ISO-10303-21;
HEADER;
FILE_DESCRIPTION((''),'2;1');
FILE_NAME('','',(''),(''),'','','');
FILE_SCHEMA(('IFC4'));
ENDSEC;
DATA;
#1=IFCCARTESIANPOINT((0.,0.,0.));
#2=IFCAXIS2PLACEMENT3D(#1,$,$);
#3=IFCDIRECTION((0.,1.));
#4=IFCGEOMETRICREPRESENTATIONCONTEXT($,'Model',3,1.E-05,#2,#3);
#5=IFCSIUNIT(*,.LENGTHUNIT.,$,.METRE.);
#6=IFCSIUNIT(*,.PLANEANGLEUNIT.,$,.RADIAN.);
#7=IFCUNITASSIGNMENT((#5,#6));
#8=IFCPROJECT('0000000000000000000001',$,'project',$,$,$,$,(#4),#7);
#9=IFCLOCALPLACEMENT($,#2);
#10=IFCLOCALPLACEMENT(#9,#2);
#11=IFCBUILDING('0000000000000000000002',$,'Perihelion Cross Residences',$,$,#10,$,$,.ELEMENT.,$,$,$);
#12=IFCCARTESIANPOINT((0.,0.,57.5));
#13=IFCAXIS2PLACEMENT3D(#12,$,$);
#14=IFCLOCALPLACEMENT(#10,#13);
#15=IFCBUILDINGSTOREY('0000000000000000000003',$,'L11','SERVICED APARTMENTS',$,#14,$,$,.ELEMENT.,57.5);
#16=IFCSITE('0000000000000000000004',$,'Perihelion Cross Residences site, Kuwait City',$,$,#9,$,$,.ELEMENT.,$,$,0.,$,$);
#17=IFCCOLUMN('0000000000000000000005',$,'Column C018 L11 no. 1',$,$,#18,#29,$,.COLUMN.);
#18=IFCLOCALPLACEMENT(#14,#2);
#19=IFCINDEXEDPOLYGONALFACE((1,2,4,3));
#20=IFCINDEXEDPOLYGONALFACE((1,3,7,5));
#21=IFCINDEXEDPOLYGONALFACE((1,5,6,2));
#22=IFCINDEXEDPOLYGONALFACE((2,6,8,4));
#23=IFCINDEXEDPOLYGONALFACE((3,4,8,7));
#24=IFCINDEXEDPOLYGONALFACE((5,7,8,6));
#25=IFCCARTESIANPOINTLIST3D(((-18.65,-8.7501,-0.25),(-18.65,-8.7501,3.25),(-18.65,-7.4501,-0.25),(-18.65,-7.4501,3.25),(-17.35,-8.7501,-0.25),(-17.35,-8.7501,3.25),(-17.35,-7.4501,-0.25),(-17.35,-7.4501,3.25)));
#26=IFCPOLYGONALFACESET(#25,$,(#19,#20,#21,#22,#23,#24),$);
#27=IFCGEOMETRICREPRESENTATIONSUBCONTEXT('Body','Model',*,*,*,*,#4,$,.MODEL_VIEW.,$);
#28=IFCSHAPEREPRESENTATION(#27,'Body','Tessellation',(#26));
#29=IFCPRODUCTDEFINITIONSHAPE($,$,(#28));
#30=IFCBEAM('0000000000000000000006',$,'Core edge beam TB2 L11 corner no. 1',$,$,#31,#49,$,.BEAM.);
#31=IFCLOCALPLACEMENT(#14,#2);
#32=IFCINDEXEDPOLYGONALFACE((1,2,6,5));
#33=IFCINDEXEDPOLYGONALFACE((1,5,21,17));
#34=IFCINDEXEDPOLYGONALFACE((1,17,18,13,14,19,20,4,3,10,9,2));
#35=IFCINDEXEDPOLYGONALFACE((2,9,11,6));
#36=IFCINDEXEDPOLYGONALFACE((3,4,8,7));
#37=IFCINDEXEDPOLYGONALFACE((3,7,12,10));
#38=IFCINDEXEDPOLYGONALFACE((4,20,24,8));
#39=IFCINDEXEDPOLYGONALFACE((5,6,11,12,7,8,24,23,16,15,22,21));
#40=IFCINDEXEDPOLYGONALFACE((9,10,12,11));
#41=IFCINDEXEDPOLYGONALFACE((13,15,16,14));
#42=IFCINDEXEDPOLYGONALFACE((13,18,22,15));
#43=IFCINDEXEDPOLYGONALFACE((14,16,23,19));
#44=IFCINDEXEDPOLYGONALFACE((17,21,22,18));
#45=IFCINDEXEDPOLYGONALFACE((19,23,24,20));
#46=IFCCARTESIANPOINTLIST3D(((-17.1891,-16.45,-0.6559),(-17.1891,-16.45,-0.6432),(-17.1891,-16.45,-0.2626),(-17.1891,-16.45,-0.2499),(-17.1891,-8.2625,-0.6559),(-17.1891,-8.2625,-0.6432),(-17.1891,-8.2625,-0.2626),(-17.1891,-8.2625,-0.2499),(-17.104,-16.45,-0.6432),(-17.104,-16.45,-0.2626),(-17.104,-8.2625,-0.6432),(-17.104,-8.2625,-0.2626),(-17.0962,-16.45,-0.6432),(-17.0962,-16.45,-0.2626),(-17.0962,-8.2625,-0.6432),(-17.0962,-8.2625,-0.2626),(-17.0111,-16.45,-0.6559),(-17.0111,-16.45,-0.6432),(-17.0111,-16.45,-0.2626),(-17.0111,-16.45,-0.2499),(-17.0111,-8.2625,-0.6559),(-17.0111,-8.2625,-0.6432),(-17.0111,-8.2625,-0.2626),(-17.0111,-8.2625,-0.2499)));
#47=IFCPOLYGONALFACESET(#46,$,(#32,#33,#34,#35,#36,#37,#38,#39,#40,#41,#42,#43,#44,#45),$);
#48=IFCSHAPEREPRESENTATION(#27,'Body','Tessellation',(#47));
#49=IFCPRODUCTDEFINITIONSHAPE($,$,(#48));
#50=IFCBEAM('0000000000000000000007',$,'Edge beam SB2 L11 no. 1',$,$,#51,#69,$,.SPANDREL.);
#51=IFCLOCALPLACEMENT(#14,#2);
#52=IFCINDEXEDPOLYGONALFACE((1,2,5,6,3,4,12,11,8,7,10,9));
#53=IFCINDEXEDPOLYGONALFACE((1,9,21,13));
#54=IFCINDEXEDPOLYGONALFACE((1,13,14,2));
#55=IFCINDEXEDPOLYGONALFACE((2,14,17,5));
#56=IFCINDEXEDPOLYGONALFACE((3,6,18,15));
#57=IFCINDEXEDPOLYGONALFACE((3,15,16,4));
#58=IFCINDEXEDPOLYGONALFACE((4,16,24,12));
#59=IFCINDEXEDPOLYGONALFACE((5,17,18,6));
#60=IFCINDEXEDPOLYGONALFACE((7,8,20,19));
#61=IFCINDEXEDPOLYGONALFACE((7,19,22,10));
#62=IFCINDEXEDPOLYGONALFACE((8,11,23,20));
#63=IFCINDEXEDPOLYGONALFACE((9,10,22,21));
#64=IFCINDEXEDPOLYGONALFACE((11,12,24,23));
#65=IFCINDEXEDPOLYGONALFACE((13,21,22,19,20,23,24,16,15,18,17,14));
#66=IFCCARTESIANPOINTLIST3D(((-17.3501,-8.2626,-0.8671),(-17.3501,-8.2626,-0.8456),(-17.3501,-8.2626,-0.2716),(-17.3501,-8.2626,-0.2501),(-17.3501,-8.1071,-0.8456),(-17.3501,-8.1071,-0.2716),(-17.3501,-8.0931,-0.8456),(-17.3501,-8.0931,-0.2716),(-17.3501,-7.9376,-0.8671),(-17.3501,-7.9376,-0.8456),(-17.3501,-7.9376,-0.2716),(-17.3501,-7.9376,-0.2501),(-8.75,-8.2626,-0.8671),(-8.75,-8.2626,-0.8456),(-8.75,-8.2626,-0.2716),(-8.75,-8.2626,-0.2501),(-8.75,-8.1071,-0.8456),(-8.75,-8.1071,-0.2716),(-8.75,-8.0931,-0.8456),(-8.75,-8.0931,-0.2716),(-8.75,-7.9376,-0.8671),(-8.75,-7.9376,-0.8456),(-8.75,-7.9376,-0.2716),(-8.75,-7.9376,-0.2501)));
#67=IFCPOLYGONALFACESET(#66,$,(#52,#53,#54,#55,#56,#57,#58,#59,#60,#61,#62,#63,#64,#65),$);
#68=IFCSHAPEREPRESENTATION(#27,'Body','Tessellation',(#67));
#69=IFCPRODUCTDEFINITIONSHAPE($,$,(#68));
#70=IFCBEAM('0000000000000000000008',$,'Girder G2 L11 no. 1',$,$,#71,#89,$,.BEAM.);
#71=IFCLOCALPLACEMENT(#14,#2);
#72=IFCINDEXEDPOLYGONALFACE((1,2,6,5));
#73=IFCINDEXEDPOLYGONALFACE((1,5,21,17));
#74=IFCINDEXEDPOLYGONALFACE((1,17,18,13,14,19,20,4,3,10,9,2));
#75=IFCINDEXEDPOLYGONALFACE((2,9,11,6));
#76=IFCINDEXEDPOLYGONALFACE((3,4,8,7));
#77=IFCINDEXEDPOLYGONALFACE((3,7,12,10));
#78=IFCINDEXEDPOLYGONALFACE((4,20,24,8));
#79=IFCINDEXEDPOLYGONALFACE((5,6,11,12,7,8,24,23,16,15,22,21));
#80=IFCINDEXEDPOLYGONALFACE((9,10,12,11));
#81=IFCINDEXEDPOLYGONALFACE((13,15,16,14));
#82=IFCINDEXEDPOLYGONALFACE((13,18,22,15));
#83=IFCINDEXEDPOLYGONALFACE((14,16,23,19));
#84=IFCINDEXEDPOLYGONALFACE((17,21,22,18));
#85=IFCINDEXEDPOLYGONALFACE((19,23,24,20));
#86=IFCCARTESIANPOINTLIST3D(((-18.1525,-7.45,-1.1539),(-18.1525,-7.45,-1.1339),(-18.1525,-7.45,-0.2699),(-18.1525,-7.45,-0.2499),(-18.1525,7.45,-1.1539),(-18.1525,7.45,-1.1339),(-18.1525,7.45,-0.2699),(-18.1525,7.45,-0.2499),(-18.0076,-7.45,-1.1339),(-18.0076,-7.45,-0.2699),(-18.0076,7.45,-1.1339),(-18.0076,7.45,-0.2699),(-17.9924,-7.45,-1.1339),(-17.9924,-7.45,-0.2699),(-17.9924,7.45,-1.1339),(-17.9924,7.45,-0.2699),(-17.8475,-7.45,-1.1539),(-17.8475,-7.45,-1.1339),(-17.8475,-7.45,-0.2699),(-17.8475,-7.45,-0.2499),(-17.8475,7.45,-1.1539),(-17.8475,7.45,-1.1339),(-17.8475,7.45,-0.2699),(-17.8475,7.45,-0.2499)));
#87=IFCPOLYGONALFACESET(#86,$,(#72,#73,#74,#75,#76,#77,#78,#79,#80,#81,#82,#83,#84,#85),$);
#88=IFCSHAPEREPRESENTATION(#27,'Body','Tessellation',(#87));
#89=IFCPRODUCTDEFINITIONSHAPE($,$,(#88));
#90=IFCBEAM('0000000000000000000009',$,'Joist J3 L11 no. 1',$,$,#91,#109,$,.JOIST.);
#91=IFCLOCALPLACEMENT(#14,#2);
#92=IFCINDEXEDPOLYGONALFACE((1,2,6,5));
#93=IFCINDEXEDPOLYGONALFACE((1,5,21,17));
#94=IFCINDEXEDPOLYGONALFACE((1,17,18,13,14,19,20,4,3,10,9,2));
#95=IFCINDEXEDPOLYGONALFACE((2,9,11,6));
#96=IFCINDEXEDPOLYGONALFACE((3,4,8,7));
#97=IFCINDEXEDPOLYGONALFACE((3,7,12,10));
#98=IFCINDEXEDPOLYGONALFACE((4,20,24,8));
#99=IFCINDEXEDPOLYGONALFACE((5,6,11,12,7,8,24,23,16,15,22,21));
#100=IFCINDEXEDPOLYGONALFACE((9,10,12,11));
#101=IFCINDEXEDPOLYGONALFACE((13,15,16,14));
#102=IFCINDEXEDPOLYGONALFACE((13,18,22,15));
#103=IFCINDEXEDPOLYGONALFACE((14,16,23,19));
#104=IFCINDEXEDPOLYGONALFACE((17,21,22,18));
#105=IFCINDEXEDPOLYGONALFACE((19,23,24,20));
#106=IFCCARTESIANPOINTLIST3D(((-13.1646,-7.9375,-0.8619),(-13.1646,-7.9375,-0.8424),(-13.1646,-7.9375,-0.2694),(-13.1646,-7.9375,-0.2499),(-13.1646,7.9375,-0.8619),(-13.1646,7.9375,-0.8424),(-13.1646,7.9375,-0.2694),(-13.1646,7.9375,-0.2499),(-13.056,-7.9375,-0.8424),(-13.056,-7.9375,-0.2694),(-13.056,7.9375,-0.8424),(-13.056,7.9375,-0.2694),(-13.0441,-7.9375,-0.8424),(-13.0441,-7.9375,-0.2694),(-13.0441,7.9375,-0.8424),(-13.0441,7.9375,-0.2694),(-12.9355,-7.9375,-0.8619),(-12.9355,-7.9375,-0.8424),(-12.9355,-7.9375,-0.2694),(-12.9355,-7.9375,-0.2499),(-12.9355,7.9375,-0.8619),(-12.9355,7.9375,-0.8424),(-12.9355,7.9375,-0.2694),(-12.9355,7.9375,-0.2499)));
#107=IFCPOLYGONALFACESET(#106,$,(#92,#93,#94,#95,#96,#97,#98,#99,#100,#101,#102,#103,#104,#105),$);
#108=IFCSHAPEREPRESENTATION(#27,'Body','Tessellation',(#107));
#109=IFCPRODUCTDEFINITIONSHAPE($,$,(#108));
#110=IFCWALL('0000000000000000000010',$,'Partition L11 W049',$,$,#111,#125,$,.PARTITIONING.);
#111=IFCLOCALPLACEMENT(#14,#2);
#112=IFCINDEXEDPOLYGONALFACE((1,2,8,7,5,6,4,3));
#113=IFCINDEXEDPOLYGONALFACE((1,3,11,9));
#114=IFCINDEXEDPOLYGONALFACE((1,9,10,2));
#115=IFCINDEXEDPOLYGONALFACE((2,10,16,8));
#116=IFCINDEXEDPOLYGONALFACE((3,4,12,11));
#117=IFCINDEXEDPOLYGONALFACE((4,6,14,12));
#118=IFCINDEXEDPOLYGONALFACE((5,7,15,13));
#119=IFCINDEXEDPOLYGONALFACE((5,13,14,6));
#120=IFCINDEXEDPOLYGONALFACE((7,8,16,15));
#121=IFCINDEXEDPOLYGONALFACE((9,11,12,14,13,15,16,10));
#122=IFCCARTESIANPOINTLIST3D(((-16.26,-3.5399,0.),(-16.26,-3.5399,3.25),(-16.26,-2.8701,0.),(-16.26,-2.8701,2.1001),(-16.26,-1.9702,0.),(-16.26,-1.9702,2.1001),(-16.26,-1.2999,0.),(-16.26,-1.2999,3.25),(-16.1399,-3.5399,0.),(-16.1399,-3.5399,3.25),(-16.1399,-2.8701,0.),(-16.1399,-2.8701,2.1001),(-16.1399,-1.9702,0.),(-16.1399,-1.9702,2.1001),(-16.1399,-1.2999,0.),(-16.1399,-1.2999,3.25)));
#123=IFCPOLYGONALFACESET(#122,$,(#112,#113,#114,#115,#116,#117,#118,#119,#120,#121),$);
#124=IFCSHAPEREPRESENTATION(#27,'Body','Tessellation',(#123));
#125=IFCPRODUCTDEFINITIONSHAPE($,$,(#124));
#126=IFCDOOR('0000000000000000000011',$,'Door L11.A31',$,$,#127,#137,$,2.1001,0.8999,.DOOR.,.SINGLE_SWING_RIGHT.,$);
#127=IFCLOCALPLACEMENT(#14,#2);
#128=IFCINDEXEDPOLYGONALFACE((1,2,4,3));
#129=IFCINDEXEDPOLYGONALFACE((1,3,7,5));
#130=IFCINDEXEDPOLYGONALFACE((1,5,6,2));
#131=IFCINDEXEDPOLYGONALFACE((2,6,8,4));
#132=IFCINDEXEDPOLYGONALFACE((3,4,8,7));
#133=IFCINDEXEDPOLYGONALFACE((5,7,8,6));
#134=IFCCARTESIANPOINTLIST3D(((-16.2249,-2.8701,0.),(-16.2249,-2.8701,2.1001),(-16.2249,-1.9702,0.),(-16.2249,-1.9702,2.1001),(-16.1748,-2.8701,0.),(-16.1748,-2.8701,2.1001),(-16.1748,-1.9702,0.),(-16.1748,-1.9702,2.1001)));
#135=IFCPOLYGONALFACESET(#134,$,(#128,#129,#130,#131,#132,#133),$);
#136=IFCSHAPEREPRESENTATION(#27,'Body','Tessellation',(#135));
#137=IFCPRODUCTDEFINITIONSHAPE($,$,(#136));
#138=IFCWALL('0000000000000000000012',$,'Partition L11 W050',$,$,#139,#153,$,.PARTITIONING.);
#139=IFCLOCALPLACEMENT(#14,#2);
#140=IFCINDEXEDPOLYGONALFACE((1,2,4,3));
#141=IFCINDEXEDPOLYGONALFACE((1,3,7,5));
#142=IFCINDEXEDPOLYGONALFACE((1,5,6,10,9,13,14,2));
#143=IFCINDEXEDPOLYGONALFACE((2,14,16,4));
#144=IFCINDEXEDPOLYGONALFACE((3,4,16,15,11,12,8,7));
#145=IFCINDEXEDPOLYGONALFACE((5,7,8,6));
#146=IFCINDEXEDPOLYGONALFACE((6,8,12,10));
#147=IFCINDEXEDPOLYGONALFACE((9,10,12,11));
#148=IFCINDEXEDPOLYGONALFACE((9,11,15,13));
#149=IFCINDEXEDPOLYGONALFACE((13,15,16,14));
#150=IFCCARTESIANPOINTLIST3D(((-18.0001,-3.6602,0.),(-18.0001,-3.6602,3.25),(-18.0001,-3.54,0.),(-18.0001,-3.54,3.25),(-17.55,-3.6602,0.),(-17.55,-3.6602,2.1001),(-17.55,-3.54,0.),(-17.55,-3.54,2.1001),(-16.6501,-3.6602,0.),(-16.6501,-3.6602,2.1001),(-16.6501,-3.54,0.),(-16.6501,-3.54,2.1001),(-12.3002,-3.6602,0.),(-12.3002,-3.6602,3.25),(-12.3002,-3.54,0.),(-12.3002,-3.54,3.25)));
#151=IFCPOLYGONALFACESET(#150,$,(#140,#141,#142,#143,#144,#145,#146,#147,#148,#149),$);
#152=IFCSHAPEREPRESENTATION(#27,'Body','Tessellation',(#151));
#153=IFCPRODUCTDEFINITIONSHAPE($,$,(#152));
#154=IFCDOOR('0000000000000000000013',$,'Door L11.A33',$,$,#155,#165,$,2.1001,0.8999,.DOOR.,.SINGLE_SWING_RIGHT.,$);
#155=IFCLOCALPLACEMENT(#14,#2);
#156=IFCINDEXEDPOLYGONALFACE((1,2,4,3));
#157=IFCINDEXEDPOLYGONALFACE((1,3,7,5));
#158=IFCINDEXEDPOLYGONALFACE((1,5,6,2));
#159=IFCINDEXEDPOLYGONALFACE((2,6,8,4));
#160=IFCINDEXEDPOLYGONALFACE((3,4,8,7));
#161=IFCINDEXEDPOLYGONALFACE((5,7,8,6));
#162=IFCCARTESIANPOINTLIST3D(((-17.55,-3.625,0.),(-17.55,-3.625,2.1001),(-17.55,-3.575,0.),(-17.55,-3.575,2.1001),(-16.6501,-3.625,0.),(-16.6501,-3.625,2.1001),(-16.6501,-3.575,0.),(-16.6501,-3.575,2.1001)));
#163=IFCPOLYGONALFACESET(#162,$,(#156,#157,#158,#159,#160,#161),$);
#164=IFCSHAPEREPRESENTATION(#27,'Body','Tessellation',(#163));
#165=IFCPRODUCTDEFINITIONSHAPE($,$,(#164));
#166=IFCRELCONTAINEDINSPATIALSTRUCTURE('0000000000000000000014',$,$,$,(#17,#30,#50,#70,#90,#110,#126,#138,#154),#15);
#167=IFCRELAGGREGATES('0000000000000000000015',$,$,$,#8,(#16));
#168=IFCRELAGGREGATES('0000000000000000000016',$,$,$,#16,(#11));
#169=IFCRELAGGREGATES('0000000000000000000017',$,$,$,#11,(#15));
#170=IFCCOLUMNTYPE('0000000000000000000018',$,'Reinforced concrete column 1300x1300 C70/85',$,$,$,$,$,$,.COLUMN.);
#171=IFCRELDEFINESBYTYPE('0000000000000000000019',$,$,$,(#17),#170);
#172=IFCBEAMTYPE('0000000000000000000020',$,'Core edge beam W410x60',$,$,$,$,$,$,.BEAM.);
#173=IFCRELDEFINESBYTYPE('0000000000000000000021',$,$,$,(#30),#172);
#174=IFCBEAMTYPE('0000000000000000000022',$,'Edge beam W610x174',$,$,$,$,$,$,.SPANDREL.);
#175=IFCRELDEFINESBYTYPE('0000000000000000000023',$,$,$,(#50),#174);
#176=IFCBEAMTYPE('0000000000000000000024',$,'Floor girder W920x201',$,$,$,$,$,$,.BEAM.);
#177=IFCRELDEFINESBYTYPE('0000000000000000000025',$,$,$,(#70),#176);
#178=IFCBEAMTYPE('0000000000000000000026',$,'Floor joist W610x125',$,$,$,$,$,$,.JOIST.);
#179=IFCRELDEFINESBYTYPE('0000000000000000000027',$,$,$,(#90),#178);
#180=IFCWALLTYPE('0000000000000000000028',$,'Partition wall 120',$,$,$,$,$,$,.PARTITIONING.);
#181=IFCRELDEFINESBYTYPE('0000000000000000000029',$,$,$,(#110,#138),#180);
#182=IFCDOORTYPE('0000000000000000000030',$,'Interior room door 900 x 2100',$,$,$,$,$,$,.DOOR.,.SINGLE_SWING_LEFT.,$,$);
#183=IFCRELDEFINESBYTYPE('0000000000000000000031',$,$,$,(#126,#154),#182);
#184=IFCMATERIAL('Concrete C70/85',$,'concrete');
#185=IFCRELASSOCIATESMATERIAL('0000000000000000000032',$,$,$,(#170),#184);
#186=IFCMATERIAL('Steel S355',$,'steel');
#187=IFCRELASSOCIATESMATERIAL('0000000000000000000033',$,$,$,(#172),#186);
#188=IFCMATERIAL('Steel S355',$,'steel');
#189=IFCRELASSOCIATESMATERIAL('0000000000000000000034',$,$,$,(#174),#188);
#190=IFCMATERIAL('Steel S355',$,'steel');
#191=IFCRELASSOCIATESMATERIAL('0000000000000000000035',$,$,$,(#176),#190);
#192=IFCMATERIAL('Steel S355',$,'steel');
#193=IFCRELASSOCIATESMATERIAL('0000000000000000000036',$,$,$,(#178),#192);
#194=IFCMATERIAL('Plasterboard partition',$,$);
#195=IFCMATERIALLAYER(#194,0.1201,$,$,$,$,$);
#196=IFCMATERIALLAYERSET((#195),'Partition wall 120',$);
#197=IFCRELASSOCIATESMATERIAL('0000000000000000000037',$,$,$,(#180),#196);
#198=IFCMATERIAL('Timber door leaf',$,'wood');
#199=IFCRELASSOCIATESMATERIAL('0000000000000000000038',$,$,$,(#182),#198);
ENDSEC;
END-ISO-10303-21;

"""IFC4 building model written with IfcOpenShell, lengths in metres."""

from ifc_helpers import new_model, si_unit, direction, frame, frame_2d, origin, origin_2d, place, context, subcontext, project, spatial, rectangle, i_section, extrude, material, layer, layer_set, material_profile, profile_set, type_object, element, fill, save


model = new_model("IFC4")

# Units and contexts
model_context = context("Model", 3, precision=1e-05, world=origin(), true_north=direction((0.0, 1.0)))
body_context = subcontext(model_context, "Body", "Model", "MODEL_VIEW")
ifc_project = project(units=[si_unit("LENGTHUNIT", "METRE"), si_unit("PLANEANGLEUNIT", "RADIAN")], contexts=[model_context])

# Site, building, storey
site_placement = place(None, origin())
site = spatial("IfcSite", under=ifc_project, at=site_placement, Name="Perihelion Cross Residences site, Kuwait City", CompositionType="ELEMENT", RefElevation=0.0)
building_placement = place(site_placement, origin())
building = spatial("IfcBuilding", under=site, at=building_placement, Name="Perihelion Cross Residences", CompositionType="ELEMENT")
storey_placement = place(building_placement, frame((0.0, 0.0, 57.5)))
storey = spatial("IfcBuildingStorey", under=building, at=storey_placement, Name="L11", Description="SERVICED APARTMENTS", CompositionType="ELEMENT", Elevation=57.5)

# Column
ifc_material_1 = material(Name="Concrete C70/85", Category="concrete")
ifc_material_profile_1 = material_profile(ifc_material_1, rectangle(XDim=1.3, YDim=1.3, at=origin_2d()), Name="RC 1300x1300")
ifc_profile_set_1 = profile_set([ifc_material_profile_1], Name="Concrete C70/85")
column_type = type_object("IfcColumnType", Name="Reinforced concrete column 1300x1300 C70/85", PredefinedType="COLUMN", material=ifc_profile_set_1)
column_placement = place(storey_placement, frame((-18.0, -8.1001, -0.25), z_axis=(0.0, 0.0, 1.0), x_axis=(1.0, 0.0, 0.0)))
element("IfcColumn", 1, at=column_placement, inside=storey, type_object=column_type, Name="Column C018 L11 no. 1", PredefinedType="COLUMN", context=body_context, shape_type="SweptSolid", body=[
    extrude(rectangle(XDim=1.3, YDim=1.3, at=origin_2d()), origin(), (0.0, 0.0, 1.0), 3.5),
])

# Beams
ifc_material_2 = material(Name="Steel S355", Category="steel")
ifc_material_profile_2 = material_profile(ifc_material_2, i_section(OverallWidth=0.178, OverallDepth=0.406, WebThickness=0.0078, FlangeThickness=0.0127, at=origin_2d()), Name="W410x60")
ifc_profile_set_2 = profile_set([ifc_material_profile_2], Name="Steel S355")
beam_type_1 = type_object("IfcBeamType", Name="Core edge beam W410x60", PredefinedType="BEAM", material=ifc_profile_set_2)
beam_1_placement = place(storey_placement, frame((-17.1001, -8.2625, -0.4529), z_axis=(0.0, -1.0, 0.0), x_axis=(1.0, 0.0, 0.0)))
element("IfcBeam", 2, at=beam_1_placement, inside=storey, type_object=beam_type_1, Name="Core edge beam TB2 L11 corner no. 1", PredefinedType="BEAM", context=body_context, shape_type="SweptSolid", body=[
    extrude(i_section(OverallWidth=0.178, OverallDepth=0.406, WebThickness=0.0078, FlangeThickness=0.0127, at=origin_2d()), origin(), (0.0, 0.0, 1.0), 8.1875),
])
ifc_material_3 = material(Name="Steel S355", Category="steel")
ifc_material_profile_3 = material_profile(ifc_material_3, i_section(OverallWidth=0.325, OverallDepth=0.6169, WebThickness=0.0139, FlangeThickness=0.0215, at=origin_2d()), Name="W610x174")
ifc_profile_set_3 = profile_set([ifc_material_profile_3], Name="Steel S355")
beam_type_2 = type_object("IfcBeamType", Name="Edge beam W610x174", PredefinedType="SPANDREL", material=ifc_profile_set_3)
beam_2_placement = place(storey_placement, frame((-17.3501, -8.1001, -0.5586), z_axis=(1.0, 0.0, 0.0), x_axis=(0.0, 1.0, 0.0)))
element("IfcBeam", 3, at=beam_2_placement, inside=storey, type_object=beam_type_2, Name="Edge beam SB2 L11 no. 1", PredefinedType="SPANDREL", context=body_context, shape_type="SweptSolid", body=[
    extrude(i_section(OverallWidth=0.325, OverallDepth=0.6169, WebThickness=0.0139, FlangeThickness=0.0215, at=origin_2d()), origin(), (0.0, 0.0, 1.0), 8.6001),
])
ifc_material_4 = material(Name="Steel S355", Category="steel")
ifc_material_profile_4 = material_profile(ifc_material_4, i_section(OverallWidth=0.3049, OverallDepth=0.9041, WebThickness=0.0151, FlangeThickness=0.02, at=origin_2d()), Name="W920x201")
ifc_profile_set_4 = profile_set([ifc_material_profile_4], Name="Steel S355")
beam_type_3 = type_object("IfcBeamType", Name="Floor girder W920x201", PredefinedType="BEAM", material=ifc_profile_set_4)
beam_3_placement = place(storey_placement, frame((-18.0, -7.45, -0.7019), z_axis=(0.0, 1.0, 0.0), x_axis=(-1.0, 0.0, 0.0)))
element("IfcBeam", 4, at=beam_3_placement, inside=storey, type_object=beam_type_3, Name="Girder G2 L11 no. 1", PredefinedType="BEAM", context=body_context, shape_type="SweptSolid", body=[
    extrude(i_section(OverallWidth=0.3049, OverallDepth=0.9041, WebThickness=0.0151, FlangeThickness=0.02, at=origin_2d()), origin(), (0.0, 0.0, 1.0), 14.8999),
])
ifc_material_5 = material(Name="Steel S355", Category="steel")
ifc_material_profile_5 = material_profile(ifc_material_5, i_section(OverallWidth=0.229, OverallDepth=0.6121, WebThickness=0.012, FlangeThickness=0.0195, at=origin_2d()), Name="W610x125")
ifc_profile_set_5 = profile_set([ifc_material_profile_5], Name="Steel S355")
beam_type_4 = type_object("IfcBeamType", Name="Floor joist W610x125", PredefinedType="JOIST", material=ifc_profile_set_5)
beam_4_placement = place(storey_placement, frame((-13.05, -7.9375, -0.5559), z_axis=(0.0, 1.0, 0.0), x_axis=(-1.0, 0.0, 0.0)))
element("IfcBeam", 5, at=beam_4_placement, inside=storey, type_object=beam_type_4, Name="Joist J3 L11 no. 1", PredefinedType="JOIST", context=body_context, shape_type="SweptSolid", body=[
    extrude(i_section(OverallWidth=0.229, OverallDepth=0.6121, WebThickness=0.012, FlangeThickness=0.0195, at=origin_2d()), origin(), (0.0, 0.0, 1.0), 15.875),
])

# Walls, openings, doors
ifc_material_6 = material(Name="Plasterboard partition")
ifc_layer_1 = layer(ifc_material_6, 0.1201)
ifc_layer_set_1 = layer_set([ifc_layer_1], Name="Partition wall 120")
wall_type_1 = type_object("IfcWallType", Name="Partition wall 120", PredefinedType="PARTITIONING", material=ifc_layer_set_1)
wall_1_placement = place(storey_placement, frame((-16.2, -3.54, 0.0), z_axis=(0.0, 0.0, 1.0), x_axis=(0.0, 1.0, 0.0)))
wall_1 = element("IfcWall", 6, at=wall_1_placement, inside=storey, type_object=wall_type_1, Name="Partition L11 W049", PredefinedType="PARTITIONING", context=body_context, shape_type="SweptSolid", body=[
    extrude(rectangle(XDim=2.24, YDim=0.1201, at=frame_2d((1.1201, 0.0))), origin(), (0.0, 0.0, 1.0), 3.25),
])
opening_1_placement = place(wall_1_placement, frame((0.6699, 0.0, 0.0)))
opening_1 = element("IfcOpeningElement", 7, at=opening_1_placement, cuts=wall_1, PredefinedType="OPENING", context=body_context, shape_type="SweptSolid", body=[
    extrude(rectangle(XDim=0.8999, YDim=2.1001, at=frame_2d((0.45, 1.05))), frame((0.0, 0.0701, 0.0), z_axis=(0.0, -1.0, 0.0), x_axis=(1.0, 0.0, 0.0)), (0.0, 0.0, 1.0), 0.1401),
])
ifc_material_7 = material(Name="Timber door leaf", Category="wood")
door_type_1 = type_object("IfcDoorType", Name="Interior room door 900 x 2100", OperationType="SINGLE_SWING_LEFT", PredefinedType="DOOR", material=ifc_material_7)
door_1_placement = place(opening_1_placement, origin())
door_1 = element("IfcDoor", 8, at=door_1_placement, inside=storey, type_object=door_type_1, Name="Door L11.A31", OperationType="SINGLE_SWING_RIGHT", OverallHeight=2.1001, OverallWidth=0.8999, PredefinedType="DOOR", context=body_context, shape_type="SweptSolid", body=[
    extrude(rectangle(XDim=0.8999, YDim=2.1001, at=frame_2d((0.45, 1.05))), frame((0.0, 0.0249, 0.0), z_axis=(0.0, -1.0, 0.0), x_axis=(1.0, 0.0, 0.0)), (0.0, 0.0, 1.0), 0.05),
])
fill(opening_1, door_1)
wall_2_placement = place(storey_placement, frame((-12.3, -3.6001, 0.0), z_axis=(0.0, 0.0, 1.0), x_axis=(-1.0, 0.0, 0.0)))
wall_2 = element("IfcWall", 9, at=wall_2_placement, inside=storey, type_object=wall_type_1, Name="Partition L11 W050", PredefinedType="PARTITIONING", context=body_context, shape_type="SweptSolid", body=[
    extrude(rectangle(XDim=5.7, YDim=0.1201, at=frame_2d((2.8501, 0.0))), origin(), (0.0, 0.0, 1.0), 3.25),
])
opening_2_placement = place(wall_2_placement, frame((4.3501, 0.0, 0.0)))
opening_2 = element("IfcOpeningElement", 10, at=opening_2_placement, cuts=wall_2, PredefinedType="OPENING", context=body_context, shape_type="SweptSolid", body=[
    extrude(rectangle(XDim=0.8999, YDim=2.1001, at=frame_2d((0.45, 1.05))), frame((0.0, 0.0701, 0.0), z_axis=(0.0, -1.0, 0.0), x_axis=(1.0, 0.0, 0.0)), (0.0, 0.0, 1.0), 0.1401),
])
door_2_placement = place(opening_2_placement, origin())
door_2 = element("IfcDoor", 11, at=door_2_placement, inside=storey, type_object=door_type_1, Name="Door L11.A33", OperationType="SINGLE_SWING_RIGHT", OverallHeight=2.1001, OverallWidth=0.8999, PredefinedType="DOOR", context=body_context, shape_type="SweptSolid", body=[
    extrude(rectangle(XDim=0.8999, YDim=2.1001, at=frame_2d((0.45, 1.05))), frame((0.0, 0.0249, 0.0), z_axis=(0.0, -1.0, 0.0), x_axis=(1.0, 0.0, 0.0)), (0.0, 0.0, 1.0), 0.05),
])
fill(opening_2, door_2)

save(model, "model.ifc")
